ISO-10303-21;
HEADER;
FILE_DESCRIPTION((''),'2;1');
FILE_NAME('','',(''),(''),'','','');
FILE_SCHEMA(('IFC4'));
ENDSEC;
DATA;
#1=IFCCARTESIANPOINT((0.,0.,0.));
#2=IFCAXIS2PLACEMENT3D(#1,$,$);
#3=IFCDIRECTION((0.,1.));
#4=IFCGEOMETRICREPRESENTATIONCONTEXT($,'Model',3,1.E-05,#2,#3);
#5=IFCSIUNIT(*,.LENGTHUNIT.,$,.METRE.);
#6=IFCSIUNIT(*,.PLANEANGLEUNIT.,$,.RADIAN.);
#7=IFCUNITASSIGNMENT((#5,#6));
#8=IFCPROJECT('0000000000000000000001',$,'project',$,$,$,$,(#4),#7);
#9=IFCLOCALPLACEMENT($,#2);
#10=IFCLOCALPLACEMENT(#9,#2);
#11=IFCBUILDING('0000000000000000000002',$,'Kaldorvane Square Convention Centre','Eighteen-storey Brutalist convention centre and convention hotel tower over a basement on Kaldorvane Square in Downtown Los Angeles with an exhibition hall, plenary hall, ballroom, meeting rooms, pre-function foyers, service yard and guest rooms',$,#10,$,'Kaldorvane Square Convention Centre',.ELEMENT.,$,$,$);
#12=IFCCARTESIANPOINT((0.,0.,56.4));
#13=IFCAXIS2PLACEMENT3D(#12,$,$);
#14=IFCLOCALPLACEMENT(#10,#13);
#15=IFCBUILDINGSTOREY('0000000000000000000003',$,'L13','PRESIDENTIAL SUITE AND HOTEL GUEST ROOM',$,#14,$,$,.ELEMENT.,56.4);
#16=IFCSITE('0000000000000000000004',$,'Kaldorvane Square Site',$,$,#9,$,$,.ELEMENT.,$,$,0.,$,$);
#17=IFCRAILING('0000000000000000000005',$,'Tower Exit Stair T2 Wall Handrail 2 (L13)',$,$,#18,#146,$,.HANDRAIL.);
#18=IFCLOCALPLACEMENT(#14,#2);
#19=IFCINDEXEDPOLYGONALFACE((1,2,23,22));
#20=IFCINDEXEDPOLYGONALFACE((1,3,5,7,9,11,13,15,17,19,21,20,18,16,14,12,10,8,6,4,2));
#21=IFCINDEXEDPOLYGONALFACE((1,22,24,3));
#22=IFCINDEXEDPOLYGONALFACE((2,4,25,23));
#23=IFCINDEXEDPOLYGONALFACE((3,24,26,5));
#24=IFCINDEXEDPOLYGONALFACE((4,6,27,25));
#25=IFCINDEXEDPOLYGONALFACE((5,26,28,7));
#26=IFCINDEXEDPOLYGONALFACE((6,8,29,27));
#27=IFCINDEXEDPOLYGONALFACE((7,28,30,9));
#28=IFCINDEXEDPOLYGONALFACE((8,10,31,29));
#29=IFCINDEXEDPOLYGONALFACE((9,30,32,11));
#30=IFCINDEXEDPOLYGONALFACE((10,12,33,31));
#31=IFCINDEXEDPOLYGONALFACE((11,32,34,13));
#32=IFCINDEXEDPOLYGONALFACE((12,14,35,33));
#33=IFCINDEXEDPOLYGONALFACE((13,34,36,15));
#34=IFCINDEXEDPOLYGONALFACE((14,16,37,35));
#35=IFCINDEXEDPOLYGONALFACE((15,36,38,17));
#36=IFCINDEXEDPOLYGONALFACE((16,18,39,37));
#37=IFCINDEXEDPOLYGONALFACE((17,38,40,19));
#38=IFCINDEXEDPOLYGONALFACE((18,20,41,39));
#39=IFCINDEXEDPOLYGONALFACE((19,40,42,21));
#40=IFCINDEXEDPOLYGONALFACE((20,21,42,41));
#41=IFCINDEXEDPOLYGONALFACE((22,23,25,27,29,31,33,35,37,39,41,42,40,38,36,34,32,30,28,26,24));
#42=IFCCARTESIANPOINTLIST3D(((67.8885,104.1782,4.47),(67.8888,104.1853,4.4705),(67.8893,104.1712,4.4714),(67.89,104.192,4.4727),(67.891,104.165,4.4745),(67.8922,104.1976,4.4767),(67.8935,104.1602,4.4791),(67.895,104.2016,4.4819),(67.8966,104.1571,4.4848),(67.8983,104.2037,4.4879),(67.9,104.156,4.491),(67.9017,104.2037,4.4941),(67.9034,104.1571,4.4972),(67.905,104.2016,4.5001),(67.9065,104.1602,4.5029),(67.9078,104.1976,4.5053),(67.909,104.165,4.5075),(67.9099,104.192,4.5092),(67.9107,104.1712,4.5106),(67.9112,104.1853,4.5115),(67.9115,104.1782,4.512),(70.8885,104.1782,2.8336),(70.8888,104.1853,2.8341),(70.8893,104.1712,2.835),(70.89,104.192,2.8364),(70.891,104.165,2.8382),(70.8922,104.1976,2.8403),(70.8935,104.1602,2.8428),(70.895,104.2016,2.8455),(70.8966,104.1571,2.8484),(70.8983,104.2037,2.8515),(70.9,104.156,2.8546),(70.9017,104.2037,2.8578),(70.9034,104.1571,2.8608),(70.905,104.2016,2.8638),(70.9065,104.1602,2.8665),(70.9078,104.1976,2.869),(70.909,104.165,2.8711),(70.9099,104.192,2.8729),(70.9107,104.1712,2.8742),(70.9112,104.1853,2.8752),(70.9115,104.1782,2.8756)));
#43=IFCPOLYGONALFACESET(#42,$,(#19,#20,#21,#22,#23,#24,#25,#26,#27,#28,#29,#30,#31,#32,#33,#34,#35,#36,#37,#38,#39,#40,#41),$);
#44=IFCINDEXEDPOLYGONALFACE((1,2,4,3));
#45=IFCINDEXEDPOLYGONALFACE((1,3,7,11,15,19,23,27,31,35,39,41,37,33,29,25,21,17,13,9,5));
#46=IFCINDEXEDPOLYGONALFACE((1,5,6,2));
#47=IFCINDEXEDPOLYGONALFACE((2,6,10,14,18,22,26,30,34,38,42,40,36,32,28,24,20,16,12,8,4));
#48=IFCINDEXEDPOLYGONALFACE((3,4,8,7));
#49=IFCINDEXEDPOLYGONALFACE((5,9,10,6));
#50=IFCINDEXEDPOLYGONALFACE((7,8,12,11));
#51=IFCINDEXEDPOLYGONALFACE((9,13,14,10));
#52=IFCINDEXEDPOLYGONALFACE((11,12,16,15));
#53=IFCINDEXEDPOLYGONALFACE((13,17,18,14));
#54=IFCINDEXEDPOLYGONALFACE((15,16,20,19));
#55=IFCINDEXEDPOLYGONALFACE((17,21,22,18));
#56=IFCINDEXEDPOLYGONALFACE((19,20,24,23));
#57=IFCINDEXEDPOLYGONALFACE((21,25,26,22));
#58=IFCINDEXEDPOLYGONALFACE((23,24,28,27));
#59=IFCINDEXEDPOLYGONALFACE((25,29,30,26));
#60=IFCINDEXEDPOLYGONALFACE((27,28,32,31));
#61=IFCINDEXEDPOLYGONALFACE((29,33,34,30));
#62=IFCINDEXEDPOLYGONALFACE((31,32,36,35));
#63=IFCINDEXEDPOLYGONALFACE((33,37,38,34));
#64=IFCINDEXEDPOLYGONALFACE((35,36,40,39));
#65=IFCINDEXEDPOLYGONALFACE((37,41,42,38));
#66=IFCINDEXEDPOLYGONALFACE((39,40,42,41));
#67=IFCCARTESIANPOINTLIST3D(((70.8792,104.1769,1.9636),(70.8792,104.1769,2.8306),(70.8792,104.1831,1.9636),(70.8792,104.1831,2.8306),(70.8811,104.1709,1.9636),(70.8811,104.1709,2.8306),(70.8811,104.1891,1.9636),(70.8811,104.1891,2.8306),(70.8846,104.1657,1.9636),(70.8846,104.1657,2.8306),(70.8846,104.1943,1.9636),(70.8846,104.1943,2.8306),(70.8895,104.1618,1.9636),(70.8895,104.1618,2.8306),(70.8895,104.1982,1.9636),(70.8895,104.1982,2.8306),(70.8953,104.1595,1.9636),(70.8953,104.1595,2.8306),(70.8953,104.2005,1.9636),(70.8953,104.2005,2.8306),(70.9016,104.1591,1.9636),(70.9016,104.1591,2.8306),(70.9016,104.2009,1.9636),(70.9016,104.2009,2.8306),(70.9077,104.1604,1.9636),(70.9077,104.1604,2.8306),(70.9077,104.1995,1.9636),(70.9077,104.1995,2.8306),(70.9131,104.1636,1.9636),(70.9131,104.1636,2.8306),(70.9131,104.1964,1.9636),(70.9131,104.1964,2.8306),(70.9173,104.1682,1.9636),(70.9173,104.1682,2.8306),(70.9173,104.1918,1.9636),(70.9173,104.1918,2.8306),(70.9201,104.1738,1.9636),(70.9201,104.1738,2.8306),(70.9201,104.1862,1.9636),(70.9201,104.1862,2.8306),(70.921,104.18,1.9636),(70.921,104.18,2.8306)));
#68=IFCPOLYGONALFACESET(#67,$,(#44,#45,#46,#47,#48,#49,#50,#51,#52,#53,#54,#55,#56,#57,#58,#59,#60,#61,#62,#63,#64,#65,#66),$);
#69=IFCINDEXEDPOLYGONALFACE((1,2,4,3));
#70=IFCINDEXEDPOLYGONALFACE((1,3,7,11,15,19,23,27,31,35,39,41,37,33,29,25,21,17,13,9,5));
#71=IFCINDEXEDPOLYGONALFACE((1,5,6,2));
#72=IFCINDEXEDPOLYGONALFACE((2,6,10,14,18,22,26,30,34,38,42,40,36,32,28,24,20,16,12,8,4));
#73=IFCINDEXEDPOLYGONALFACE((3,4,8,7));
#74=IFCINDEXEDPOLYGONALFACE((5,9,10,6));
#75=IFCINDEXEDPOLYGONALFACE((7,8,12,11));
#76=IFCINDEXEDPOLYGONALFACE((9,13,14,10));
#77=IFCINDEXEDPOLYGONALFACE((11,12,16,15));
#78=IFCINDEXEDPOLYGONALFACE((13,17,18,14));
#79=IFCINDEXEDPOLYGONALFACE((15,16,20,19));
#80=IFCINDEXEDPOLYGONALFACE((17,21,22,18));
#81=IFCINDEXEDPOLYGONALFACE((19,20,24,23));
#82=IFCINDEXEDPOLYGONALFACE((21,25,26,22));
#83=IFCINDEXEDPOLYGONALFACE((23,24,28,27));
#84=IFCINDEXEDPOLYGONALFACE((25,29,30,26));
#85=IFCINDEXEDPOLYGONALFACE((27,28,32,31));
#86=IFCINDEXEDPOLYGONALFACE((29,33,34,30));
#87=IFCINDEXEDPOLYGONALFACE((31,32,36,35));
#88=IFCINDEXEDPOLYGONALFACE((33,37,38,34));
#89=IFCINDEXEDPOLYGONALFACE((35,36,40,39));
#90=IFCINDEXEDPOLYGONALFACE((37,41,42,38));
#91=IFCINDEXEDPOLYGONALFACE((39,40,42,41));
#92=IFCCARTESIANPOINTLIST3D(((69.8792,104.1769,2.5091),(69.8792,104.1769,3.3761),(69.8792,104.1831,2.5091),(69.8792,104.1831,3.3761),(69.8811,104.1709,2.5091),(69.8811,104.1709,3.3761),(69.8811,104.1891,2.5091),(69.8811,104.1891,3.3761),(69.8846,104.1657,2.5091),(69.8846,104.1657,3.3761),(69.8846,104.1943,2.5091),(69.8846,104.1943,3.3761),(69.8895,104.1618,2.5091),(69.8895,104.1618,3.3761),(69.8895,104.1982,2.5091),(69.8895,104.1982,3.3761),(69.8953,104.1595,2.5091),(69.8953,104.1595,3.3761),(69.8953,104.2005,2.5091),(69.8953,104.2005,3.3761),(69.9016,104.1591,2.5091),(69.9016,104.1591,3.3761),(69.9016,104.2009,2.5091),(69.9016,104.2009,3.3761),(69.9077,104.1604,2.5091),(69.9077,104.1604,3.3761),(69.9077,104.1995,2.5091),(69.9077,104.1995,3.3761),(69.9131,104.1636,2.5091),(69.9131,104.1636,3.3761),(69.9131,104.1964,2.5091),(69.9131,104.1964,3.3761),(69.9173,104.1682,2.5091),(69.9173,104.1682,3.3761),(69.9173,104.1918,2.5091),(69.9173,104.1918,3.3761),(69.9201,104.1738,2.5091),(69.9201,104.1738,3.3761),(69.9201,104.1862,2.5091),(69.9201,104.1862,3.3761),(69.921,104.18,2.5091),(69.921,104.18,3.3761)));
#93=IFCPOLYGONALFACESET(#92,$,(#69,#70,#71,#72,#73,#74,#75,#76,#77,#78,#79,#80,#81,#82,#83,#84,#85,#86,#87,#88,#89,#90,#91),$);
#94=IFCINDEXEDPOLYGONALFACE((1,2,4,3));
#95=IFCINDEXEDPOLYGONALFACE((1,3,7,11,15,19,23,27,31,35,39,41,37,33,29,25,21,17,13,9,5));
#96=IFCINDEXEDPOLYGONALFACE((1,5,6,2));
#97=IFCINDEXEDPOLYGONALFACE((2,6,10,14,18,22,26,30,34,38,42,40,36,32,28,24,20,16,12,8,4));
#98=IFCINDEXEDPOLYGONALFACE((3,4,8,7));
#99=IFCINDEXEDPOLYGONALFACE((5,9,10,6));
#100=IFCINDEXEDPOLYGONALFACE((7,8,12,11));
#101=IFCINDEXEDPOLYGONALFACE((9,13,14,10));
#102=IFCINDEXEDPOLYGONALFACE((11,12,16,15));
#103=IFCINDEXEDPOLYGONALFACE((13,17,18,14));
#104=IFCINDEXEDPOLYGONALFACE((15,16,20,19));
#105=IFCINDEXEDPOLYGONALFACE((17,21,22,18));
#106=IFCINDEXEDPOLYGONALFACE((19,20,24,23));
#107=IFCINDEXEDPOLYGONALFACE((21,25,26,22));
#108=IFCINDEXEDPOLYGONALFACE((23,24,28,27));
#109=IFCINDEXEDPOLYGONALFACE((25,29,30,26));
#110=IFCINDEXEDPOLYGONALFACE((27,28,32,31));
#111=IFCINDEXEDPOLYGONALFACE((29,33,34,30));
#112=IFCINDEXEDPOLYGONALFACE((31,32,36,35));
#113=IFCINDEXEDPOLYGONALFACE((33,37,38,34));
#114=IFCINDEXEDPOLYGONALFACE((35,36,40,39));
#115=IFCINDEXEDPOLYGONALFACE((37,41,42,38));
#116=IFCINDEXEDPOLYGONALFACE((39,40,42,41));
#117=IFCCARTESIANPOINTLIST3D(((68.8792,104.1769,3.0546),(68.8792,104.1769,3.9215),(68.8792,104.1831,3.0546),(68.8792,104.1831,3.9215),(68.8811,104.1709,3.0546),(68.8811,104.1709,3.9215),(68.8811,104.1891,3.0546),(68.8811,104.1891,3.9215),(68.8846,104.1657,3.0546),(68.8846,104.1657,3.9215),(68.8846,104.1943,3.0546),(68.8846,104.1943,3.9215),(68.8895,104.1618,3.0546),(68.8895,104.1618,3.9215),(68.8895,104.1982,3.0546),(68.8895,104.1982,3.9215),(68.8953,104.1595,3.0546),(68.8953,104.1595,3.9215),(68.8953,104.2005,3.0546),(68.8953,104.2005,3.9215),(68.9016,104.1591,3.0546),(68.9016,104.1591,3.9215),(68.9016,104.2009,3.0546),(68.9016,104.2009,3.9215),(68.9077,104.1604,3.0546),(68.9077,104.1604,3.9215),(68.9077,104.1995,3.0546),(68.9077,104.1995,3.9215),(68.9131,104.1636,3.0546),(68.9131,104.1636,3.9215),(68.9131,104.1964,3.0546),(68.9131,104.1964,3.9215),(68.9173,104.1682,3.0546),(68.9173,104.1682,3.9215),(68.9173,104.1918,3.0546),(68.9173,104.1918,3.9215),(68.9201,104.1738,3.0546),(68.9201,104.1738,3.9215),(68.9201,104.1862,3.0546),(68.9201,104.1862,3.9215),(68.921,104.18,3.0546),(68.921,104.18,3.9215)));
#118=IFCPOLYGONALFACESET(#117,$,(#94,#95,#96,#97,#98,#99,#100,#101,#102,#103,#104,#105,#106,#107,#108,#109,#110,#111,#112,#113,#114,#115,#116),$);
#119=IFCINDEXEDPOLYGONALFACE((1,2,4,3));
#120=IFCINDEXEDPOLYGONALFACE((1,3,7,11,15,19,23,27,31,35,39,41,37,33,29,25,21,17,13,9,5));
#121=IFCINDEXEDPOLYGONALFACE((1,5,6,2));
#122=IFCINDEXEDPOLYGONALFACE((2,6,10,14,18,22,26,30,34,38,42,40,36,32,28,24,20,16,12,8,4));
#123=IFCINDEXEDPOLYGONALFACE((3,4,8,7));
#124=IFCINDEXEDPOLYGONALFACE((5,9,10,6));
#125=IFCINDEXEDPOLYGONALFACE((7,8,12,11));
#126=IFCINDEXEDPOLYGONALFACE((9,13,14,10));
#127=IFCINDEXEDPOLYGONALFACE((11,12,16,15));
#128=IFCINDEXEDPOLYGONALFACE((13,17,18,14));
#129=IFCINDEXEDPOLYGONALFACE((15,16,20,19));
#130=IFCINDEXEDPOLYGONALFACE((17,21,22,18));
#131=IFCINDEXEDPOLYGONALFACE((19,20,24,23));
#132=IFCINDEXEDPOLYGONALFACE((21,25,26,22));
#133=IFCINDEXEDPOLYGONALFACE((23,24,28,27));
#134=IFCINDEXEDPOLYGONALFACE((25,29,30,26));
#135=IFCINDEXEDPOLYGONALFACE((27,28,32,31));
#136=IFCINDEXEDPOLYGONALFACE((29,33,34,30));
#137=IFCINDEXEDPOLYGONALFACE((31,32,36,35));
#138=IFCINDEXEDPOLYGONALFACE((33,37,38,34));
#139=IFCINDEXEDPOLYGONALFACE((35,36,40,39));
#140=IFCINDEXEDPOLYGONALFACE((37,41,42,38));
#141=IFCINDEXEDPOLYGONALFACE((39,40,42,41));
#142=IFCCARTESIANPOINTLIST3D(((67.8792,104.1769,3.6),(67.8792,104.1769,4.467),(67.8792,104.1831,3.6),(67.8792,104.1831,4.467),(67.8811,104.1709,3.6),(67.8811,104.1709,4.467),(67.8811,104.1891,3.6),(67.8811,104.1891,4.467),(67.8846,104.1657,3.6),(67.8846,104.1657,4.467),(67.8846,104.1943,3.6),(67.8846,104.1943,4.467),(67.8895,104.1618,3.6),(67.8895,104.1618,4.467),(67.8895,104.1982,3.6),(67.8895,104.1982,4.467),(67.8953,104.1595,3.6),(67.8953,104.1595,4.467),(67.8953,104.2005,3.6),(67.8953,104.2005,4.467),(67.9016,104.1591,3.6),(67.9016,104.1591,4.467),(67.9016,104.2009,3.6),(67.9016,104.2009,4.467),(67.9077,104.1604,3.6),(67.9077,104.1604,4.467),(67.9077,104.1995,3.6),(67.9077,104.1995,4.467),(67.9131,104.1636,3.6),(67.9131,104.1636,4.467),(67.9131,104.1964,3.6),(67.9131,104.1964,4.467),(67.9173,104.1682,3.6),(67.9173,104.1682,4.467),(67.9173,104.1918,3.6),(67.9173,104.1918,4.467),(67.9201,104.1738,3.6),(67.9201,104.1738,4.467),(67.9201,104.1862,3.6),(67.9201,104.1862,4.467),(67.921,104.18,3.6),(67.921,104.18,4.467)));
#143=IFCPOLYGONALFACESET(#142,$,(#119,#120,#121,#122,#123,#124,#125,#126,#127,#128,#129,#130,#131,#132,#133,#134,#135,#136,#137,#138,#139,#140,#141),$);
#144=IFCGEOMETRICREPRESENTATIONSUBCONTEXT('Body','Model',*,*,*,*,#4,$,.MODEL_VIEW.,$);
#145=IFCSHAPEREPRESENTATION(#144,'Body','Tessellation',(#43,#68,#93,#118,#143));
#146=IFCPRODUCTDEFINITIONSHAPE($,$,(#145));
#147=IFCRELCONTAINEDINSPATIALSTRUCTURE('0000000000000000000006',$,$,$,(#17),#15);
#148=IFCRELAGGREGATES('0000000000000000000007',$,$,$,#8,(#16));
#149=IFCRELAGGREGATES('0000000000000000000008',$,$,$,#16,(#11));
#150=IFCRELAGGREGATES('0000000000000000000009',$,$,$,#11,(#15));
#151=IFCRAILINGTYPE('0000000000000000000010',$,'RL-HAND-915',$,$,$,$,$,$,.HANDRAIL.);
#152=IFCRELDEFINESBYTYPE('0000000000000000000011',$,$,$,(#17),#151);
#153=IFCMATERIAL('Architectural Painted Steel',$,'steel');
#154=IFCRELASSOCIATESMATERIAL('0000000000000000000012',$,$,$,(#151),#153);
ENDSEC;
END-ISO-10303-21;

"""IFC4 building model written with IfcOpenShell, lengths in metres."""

from ifc_helpers import new_model, si_unit, direction, frame, origin, origin_2d, place, context, subcontext, project, spatial, circle, extrude, material, type_object, element, save


model = new_model("IFC4")

# Units and contexts
model_context = context("Model", 3, precision=1e-05, world=origin(), true_north=direction((0.0, 1.0)))
body_context = subcontext(model_context, "Body", "Model", "MODEL_VIEW")
ifc_project = project(units=[si_unit("LENGTHUNIT", "METRE"), si_unit("PLANEANGLEUNIT", "RADIAN")], contexts=[model_context])

# Site, building, storey
site_placement = place(None, origin())
site = spatial("IfcSite", under=ifc_project, at=site_placement, Name="Kaldorvane Square Site", CompositionType="ELEMENT", RefElevation=0.0)
building_placement = place(site_placement, origin())
building = spatial("IfcBuilding", under=site, at=building_placement, Name="Kaldorvane Square Convention Centre", Description="Eighteen-storey Brutalist convention centre and convention hotel tower over a basement on Kaldorvane Square in Downtown Los Angeles with an exhibition hall, plenary hall, ballroom, meeting rooms, pre-function foyers, service yard and guest rooms", LongName="Kaldorvane Square Convention Centre", CompositionType="ELEMENT")
storey_placement = place(building_placement, frame((0.0, 0.0, 56.4)))
storey = spatial("IfcBuildingStorey", under=building, at=storey_placement, Name="L13", Description="PRESIDENTIAL SUITE AND HOTEL GUEST ROOM", CompositionType="ELEMENT", Elevation=56.4)

# Railing
ifc_material_1 = material(Name="Architectural Painted Steel", Category="steel")
railing_type_1 = type_object("IfcRailingType", Name="RL-HAND-915", PredefinedType="HANDRAIL", material=ifc_material_1)
railing_1_placement = place(storey_placement, frame((70.9, 104.18, 1.9636)))
element("IfcRailing", 1, at=railing_1_placement, inside=storey, type_object=railing_type_1, Name="Tower Exit Stair T2 Wall Handrail 2 (L13)", PredefinedType="HANDRAIL", context=body_context, shape_type="SweptSolid", body=[
    extrude(circle(Radius=0.024, at=origin_2d()), frame((0.0, 0.0, 0.891), z_axis=(-0.877895, 0.0, 0.478853), x_axis=(0.0, -1.0, 0.0)), (0.0, 0.0, 1.0), 3.4173),
    extrude(circle(Radius=0.021, at=origin_2d()), origin(), (0.0, 0.0, 1.0), 0.867),
    extrude(circle(Radius=0.021, at=origin_2d()), frame((-1.0, 0.0, 0.5455)), (0.0, 0.0, 1.0), 0.867),
    extrude(circle(Radius=0.021, at=origin_2d()), frame((-2.0, 0.0, 1.0909)), (0.0, 0.0, 1.0), 0.867),
    extrude(circle(Radius=0.021, at=origin_2d()), frame((-3.0, 0.0, 1.6364)), (0.0, 0.0, 1.0), 0.867),
])

save(model, "model.ifc")
